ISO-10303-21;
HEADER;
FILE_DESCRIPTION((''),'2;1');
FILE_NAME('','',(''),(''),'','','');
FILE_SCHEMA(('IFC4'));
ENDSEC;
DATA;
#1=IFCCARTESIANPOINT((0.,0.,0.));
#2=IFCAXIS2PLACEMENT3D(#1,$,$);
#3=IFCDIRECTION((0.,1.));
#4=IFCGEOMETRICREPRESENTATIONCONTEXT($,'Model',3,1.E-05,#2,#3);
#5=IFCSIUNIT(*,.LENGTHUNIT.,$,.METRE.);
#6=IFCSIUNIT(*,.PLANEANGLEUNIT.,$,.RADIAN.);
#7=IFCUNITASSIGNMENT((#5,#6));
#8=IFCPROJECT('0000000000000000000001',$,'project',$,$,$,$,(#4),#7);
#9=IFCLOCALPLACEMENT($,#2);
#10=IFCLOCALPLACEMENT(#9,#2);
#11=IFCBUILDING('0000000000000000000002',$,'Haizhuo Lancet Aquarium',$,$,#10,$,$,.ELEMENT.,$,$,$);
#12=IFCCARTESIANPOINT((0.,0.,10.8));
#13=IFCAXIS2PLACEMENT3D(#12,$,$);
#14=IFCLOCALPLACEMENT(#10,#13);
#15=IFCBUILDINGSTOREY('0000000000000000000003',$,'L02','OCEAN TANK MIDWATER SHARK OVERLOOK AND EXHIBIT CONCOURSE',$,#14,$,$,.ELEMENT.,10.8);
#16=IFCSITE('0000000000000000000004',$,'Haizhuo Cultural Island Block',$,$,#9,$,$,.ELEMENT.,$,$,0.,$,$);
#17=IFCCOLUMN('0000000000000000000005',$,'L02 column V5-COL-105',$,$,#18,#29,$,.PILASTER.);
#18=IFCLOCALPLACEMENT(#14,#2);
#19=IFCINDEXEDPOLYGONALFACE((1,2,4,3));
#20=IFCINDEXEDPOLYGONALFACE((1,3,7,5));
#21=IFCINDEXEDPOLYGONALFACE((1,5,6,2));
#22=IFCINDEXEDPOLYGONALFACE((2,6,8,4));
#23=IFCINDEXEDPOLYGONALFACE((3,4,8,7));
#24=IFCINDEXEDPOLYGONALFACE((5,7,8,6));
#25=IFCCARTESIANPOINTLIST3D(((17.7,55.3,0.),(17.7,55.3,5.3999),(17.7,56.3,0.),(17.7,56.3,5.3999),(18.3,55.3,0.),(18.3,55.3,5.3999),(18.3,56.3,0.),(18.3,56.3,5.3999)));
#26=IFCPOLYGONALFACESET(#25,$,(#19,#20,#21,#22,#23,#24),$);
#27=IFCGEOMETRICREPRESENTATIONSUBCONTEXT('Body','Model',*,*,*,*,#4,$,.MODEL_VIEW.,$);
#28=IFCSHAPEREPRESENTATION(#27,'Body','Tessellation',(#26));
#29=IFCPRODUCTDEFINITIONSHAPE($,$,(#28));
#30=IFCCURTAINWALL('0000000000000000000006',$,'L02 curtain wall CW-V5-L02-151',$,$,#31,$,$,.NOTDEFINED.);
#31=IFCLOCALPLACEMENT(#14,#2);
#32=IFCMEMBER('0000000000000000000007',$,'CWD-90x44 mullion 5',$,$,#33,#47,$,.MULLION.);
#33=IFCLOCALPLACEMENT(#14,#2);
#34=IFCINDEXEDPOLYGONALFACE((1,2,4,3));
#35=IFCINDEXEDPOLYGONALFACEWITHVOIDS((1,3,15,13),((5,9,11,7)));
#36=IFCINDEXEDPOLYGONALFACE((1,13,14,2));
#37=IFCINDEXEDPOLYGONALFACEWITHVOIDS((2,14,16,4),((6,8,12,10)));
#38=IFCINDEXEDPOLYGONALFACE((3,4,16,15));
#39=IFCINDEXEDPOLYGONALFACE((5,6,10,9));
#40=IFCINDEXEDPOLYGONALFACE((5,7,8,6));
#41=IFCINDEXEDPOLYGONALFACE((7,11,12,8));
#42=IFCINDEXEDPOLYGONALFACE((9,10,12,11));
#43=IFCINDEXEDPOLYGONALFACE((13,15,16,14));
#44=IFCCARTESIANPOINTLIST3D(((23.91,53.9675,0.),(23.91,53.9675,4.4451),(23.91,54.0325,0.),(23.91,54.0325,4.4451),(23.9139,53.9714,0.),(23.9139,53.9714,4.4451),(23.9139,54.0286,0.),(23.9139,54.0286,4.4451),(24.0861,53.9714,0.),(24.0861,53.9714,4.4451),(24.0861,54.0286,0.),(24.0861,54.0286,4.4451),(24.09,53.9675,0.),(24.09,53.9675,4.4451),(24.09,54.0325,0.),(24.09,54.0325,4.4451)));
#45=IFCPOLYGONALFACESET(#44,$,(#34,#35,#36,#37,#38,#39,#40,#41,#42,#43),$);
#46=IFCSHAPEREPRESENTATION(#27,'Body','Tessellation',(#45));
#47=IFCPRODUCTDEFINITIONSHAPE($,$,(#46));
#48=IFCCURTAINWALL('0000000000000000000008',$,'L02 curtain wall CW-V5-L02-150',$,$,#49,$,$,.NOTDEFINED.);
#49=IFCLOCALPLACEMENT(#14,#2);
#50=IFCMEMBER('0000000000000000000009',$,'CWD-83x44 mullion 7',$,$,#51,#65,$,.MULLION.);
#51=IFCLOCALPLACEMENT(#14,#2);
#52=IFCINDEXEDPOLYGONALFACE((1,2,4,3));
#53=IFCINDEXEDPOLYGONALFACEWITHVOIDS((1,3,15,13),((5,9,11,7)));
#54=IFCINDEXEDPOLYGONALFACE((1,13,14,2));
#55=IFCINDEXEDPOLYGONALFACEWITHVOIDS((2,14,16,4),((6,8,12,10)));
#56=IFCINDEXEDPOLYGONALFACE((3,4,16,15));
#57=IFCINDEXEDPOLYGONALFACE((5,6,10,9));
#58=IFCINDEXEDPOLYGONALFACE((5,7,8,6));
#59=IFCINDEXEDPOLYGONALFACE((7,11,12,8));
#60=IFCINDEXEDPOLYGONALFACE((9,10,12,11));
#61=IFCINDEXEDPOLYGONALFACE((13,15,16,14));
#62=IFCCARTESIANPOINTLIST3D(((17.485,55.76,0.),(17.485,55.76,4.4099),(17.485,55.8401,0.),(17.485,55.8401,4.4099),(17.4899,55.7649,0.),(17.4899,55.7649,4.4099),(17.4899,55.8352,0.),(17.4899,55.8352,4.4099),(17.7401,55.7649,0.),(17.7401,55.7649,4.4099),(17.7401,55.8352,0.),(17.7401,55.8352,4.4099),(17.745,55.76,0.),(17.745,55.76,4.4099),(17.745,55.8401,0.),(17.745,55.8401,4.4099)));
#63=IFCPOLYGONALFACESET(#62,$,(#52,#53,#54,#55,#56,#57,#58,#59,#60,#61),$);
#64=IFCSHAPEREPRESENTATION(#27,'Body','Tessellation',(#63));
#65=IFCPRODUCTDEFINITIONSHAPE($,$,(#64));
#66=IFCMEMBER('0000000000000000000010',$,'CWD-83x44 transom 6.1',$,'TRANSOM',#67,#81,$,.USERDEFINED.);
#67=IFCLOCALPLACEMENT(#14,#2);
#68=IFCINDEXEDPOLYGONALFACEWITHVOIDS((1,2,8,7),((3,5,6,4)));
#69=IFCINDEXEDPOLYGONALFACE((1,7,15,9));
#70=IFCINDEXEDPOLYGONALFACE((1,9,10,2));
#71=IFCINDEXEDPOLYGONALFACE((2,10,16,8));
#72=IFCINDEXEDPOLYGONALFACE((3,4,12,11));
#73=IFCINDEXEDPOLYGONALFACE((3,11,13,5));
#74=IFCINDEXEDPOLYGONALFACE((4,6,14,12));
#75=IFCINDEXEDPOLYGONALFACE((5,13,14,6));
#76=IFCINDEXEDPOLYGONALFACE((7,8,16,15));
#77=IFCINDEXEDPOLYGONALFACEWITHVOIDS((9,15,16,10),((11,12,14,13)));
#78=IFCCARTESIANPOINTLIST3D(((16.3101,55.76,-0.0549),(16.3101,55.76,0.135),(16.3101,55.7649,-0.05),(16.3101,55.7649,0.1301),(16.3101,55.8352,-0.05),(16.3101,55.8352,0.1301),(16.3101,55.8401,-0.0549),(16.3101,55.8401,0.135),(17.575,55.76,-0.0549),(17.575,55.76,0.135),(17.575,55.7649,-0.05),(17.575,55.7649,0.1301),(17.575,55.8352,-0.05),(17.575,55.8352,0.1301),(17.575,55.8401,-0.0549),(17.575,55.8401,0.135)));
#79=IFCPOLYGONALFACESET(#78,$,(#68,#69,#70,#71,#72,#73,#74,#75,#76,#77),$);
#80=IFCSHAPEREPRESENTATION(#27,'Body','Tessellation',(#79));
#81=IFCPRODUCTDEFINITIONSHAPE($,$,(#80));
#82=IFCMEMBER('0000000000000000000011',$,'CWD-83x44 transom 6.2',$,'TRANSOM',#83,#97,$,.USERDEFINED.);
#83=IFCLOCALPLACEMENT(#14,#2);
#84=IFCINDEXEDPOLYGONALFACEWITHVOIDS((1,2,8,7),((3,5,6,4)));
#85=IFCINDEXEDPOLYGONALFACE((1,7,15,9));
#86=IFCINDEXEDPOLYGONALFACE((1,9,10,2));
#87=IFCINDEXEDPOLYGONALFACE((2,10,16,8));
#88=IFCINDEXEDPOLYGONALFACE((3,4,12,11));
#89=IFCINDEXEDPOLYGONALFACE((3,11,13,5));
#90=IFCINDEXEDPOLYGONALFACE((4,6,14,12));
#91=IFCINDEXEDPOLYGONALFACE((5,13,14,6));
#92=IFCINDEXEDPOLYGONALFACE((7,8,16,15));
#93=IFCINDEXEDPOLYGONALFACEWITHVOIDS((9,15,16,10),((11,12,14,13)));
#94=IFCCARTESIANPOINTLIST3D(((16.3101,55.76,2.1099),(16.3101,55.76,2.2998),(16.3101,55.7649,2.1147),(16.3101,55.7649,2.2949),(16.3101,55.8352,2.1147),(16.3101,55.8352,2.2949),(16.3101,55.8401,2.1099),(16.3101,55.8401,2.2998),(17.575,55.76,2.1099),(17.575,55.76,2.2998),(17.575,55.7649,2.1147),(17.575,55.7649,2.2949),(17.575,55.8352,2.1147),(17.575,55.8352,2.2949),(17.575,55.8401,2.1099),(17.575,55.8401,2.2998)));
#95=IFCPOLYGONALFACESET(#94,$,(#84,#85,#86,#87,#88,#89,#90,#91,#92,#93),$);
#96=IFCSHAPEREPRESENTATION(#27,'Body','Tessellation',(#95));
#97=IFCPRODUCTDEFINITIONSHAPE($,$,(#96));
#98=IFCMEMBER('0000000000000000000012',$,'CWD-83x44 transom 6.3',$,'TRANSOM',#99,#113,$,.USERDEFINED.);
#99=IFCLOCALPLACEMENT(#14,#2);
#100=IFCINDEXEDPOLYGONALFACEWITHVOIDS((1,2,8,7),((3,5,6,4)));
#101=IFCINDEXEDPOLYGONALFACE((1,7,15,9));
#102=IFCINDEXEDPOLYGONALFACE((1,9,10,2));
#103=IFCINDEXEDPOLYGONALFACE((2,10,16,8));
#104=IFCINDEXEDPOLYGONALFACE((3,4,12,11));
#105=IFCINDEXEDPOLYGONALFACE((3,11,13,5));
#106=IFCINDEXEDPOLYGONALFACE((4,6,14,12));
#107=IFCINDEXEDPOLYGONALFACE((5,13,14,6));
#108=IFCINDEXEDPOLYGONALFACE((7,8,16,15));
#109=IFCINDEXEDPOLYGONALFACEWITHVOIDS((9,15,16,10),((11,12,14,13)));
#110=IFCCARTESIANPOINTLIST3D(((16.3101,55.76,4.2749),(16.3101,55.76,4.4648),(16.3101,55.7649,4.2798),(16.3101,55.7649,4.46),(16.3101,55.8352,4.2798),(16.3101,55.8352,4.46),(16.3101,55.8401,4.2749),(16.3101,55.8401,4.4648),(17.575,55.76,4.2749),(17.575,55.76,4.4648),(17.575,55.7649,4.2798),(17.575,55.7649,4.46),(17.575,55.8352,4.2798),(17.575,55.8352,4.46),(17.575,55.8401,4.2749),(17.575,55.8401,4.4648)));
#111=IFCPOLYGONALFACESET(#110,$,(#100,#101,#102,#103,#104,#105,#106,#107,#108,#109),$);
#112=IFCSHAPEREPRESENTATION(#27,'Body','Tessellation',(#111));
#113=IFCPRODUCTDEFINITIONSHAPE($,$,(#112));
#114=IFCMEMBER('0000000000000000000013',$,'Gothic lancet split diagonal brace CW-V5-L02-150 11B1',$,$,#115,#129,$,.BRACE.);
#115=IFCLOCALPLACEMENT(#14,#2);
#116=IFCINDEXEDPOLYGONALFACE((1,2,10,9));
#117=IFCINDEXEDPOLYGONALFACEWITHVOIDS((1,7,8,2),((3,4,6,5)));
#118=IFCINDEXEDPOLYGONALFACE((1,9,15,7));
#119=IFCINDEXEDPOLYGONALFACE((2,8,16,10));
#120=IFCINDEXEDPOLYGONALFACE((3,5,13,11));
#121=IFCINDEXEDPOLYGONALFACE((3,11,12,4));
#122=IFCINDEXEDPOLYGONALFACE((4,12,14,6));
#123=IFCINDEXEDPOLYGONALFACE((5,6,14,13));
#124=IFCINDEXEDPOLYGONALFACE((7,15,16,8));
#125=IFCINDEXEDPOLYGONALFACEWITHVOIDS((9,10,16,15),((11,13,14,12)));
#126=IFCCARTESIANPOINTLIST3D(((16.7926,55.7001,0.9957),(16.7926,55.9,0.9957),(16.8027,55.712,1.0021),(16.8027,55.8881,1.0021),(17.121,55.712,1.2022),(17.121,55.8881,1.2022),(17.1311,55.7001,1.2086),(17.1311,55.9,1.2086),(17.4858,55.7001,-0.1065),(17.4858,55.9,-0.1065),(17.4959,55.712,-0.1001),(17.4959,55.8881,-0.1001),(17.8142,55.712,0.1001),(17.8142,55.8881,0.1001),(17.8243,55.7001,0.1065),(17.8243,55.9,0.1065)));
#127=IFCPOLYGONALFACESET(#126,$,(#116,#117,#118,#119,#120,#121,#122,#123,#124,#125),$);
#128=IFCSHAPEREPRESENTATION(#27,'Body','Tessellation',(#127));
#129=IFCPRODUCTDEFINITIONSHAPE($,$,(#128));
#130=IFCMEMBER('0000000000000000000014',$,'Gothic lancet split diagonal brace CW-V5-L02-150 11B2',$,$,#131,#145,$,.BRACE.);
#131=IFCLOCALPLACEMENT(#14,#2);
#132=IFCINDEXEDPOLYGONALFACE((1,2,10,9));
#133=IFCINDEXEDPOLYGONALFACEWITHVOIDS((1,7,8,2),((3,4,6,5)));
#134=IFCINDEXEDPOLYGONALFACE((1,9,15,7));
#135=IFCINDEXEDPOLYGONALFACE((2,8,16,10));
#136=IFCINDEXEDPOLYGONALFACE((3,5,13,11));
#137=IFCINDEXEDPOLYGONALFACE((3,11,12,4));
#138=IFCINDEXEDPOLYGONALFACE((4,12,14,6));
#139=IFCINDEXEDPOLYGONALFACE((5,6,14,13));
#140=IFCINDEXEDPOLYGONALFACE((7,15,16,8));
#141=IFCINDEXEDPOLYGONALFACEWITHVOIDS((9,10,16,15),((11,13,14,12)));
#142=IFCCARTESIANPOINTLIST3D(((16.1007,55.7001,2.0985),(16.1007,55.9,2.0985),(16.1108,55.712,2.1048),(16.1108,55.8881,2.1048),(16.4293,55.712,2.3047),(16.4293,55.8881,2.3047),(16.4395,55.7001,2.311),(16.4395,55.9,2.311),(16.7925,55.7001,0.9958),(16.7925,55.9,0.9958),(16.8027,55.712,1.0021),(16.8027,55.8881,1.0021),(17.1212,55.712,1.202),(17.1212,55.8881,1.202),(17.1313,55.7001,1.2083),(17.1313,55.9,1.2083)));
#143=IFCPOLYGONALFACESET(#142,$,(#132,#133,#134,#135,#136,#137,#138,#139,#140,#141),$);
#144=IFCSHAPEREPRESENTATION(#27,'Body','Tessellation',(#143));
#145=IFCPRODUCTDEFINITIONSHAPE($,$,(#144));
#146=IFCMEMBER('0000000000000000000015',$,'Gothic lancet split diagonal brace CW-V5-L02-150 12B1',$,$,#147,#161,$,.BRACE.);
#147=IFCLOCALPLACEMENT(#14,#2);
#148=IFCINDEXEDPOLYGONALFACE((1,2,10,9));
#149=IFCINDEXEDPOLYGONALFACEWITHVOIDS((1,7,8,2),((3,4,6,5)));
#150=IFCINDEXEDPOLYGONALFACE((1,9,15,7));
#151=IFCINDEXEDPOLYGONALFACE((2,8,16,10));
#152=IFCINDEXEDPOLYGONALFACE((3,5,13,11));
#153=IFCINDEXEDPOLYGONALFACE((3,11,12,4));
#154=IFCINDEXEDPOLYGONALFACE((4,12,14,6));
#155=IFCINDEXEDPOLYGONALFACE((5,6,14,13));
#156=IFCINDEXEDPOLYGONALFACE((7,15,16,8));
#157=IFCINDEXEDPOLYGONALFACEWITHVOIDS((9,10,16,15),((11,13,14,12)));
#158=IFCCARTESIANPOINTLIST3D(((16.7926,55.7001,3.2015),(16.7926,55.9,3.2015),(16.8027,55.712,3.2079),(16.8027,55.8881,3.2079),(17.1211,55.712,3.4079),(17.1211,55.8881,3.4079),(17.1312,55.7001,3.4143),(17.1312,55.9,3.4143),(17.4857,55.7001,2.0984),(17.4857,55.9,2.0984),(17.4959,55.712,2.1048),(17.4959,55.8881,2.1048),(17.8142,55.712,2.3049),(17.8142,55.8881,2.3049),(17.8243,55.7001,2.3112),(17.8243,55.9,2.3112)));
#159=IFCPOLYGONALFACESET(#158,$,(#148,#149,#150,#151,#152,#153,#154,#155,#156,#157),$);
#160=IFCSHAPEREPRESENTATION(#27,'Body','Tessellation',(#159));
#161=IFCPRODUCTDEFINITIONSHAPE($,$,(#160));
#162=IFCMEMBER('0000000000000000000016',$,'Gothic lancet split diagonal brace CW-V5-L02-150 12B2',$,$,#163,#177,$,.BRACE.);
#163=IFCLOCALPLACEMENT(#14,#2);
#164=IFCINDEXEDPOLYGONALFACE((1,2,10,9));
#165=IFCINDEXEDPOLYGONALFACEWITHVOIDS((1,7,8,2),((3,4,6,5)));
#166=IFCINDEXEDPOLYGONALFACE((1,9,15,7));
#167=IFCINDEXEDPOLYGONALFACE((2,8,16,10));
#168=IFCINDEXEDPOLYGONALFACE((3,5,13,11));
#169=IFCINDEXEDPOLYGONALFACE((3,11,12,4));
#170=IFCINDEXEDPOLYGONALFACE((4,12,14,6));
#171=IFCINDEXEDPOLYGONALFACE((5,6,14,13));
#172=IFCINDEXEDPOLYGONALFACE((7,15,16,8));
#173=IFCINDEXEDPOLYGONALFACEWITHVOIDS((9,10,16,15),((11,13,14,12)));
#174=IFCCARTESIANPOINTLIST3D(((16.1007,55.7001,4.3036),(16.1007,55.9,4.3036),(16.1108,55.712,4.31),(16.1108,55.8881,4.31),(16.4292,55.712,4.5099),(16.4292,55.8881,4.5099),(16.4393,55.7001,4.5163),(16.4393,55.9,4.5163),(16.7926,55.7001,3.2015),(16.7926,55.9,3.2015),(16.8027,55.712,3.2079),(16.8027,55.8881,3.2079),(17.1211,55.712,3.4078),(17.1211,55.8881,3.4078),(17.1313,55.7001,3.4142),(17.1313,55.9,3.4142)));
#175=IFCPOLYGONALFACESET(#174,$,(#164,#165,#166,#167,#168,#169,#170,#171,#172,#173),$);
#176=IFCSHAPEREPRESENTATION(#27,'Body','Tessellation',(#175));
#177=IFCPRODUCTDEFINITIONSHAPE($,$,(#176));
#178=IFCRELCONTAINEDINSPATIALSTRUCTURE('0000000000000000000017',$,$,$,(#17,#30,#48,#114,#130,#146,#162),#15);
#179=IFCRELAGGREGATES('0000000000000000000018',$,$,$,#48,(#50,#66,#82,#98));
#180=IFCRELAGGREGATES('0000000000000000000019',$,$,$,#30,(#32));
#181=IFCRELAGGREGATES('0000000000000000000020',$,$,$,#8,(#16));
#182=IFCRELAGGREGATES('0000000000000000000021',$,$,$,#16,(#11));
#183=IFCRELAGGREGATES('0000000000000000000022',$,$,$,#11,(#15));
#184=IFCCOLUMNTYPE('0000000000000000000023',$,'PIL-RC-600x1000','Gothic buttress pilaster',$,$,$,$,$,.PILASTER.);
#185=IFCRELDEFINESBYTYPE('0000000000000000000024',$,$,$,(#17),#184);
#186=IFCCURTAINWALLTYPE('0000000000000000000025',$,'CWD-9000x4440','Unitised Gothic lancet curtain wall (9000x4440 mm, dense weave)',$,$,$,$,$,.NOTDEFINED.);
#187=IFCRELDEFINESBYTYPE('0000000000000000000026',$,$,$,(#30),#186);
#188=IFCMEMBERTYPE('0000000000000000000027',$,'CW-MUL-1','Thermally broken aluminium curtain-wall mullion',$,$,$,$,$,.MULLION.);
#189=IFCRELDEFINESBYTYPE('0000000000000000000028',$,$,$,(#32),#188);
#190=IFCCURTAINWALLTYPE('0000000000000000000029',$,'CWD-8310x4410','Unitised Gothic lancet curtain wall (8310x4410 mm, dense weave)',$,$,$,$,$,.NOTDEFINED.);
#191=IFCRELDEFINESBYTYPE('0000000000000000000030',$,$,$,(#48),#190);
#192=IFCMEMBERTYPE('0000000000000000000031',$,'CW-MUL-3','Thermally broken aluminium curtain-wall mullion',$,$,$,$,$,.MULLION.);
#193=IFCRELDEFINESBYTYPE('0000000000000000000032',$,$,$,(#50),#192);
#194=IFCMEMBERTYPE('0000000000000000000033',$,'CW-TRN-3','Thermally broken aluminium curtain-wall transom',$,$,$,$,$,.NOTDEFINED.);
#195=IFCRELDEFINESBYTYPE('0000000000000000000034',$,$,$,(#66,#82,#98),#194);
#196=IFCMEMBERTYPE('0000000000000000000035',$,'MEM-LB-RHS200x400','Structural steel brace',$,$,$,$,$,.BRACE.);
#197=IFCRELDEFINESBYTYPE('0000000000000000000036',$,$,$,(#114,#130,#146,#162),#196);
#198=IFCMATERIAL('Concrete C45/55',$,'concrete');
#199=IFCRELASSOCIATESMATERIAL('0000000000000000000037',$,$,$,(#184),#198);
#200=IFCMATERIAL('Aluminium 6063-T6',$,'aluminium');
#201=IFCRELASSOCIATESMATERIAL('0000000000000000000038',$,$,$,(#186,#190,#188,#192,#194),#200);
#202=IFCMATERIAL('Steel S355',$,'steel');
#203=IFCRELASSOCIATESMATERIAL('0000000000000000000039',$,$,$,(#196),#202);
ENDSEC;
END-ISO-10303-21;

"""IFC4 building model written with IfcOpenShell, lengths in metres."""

from ifc_helpers import new_model, si_unit, direction, frame, origin, origin_2d, place, context, subcontext, project, spatial, rectangle, hollow_rectangle, extrude, material, material_profile, profile_set, type_object, element, aggregate, save


model = new_model("IFC4")

# Units and contexts
model_context = context("Model", 3, precision=1e-05, world=origin(), true_north=direction((0.0, 1.0)))
body_context = subcontext(model_context, "Body", "Model", "MODEL_VIEW")
ifc_project = project(units=[si_unit("LENGTHUNIT", "METRE"), si_unit("PLANEANGLEUNIT", "RADIAN")], contexts=[model_context])

# Site, building, storey
site_placement = place(None, origin())
site = spatial("IfcSite", under=ifc_project, at=site_placement, Name="Haizhuo Cultural Island Block", CompositionType="ELEMENT", RefElevation=0.0)
building_placement = place(site_placement, origin())
building = spatial("IfcBuilding", under=site, at=building_placement, Name="Haizhuo Lancet Aquarium", CompositionType="ELEMENT")
storey_placement = place(building_placement, frame((0.0, 0.0, 10.8)))
storey = spatial("IfcBuildingStorey", under=building, at=storey_placement, Name="L02", Description="OCEAN TANK MIDWATER SHARK OVERLOOK AND EXHIBIT CONCOURSE", CompositionType="ELEMENT", Elevation=10.8)

# Column
ifc_material_1 = material(Name="Concrete C45/55", Category="concrete")
ifc_material_profile_1 = material_profile(ifc_material_1, rectangle(XDim=0.6001, YDim=1.0, at=origin_2d()), Name="RC-PIL 600x1000")
ifc_profile_set_1 = profile_set([ifc_material_profile_1], Name="Concrete C45/55")
column_type = type_object("IfcColumnType", Name="PIL-RC-600x1000", Description="Gothic buttress pilaster", PredefinedType="PILASTER", material=ifc_profile_set_1)
column_placement = place(storey_placement, frame((18.0, 55.8, 0.0), z_axis=(0.0, 0.0, 1.0), x_axis=(1.0, 0.0, 0.0)))
element("IfcColumn", 1, at=column_placement, inside=storey, type_object=column_type, Name="L02 column V5-COL-105", PredefinedType="PILASTER", context=body_context, shape_type="SweptSolid", body=[
    extrude(rectangle(XDim=0.6001, YDim=1.0, at=origin_2d()), origin(), (0.0, 0.0, 1.0), 5.3999),
])

# Curtain wall, member
ifc_material_2 = material(Name="Aluminium 6063-T6", Category="aluminium")
curtain_wall_type_1 = type_object("IfcCurtainWallType", Name="CWD-9000x4440", Description="Unitised Gothic lancet curtain wall (9000x4440 mm, dense weave)", PredefinedType="NOTDEFINED", material=ifc_material_2)
curtain_wall_1_placement = place(storey_placement, origin())
curtain_wall_1 = element("IfcCurtainWall", 2, at=curtain_wall_1_placement, inside=storey, type_object=curtain_wall_type_1, Name="L02 curtain wall CW-V5-L02-151", PredefinedType="NOTDEFINED")
ifc_material_profile_2 = material_profile(ifc_material_2, hollow_rectangle(XDim=0.0649, YDim=0.1799, WallThickness=0.0039, at=origin_2d()), Name="ALU-M 65x180x4")
ifc_profile_set_2 = profile_set([ifc_material_profile_2], Name="Aluminium 6063-T6")
member_type_1 = type_object("IfcMemberType", Name="CW-MUL-1", Description="Thermally broken aluminium curtain-wall mullion", PredefinedType="MULLION", material=ifc_profile_set_2)
member_1_placement = place(storey_placement, frame((24.0, 54.0, 0.0), z_axis=(0.0, 0.0, 1.0), x_axis=(0.0, 1.0, 0.0)))
member_1 = element("IfcMember", 3, at=member_1_placement, type_object=member_type_1, Name="CWD-90x44 mullion 5", PredefinedType="MULLION", context=body_context, shape_type="SweptSolid", body=[
    extrude(hollow_rectangle(XDim=0.0649, YDim=0.1799, WallThickness=0.0039, at=origin_2d()), origin(), (0.0, 0.0, 1.0), 4.4451),
])

# Curtain wall, members
curtain_wall_type_2 = type_object("IfcCurtainWallType", Name="CWD-8310x4410", Description="Unitised Gothic lancet curtain wall (8310x4410 mm, dense weave)", PredefinedType="NOTDEFINED", material=ifc_material_2)
curtain_wall_2_placement = place(storey_placement, origin())
curtain_wall_2 = element("IfcCurtainWall", 4, at=curtain_wall_2_placement, inside=storey, type_object=curtain_wall_type_2, Name="L02 curtain wall CW-V5-L02-150", PredefinedType="NOTDEFINED")
ifc_material_profile_3 = material_profile(ifc_material_2, hollow_rectangle(XDim=0.0801, YDim=0.26, WallThickness=0.0049, at=origin_2d()), Name="ALU-M 80x260x5")
ifc_profile_set_3 = profile_set([ifc_material_profile_3], Name="Aluminium 6063-T6")
member_type_2 = type_object("IfcMemberType", Name="CW-MUL-3", Description="Thermally broken aluminium curtain-wall mullion", PredefinedType="MULLION", material=ifc_profile_set_3)
member_2_placement = place(storey_placement, frame((17.615, 55.8, 0.0), z_axis=(0.0, 0.0, 1.0), x_axis=(0.0, 1.0, 0.0)))
member_2 = element("IfcMember", 5, at=member_2_placement, type_object=member_type_2, Name="CWD-83x44 mullion 7", PredefinedType="MULLION", context=body_context, shape_type="SweptSolid", body=[
    extrude(hollow_rectangle(XDim=0.0801, YDim=0.26, WallThickness=0.0049, at=origin_2d()), origin(), (0.0, 0.0, 1.0), 4.4099),
])
ifc_material_profile_4 = material_profile(ifc_material_2, hollow_rectangle(XDim=0.0801, YDim=0.1899, WallThickness=0.0049, at=origin_2d()), Name="ALU-T 80x190x5")
ifc_profile_set_4 = profile_set([ifc_material_profile_4], Name="Aluminium 6063-T6")
member_type_3 = type_object("IfcMemberType", Name="CW-TRN-3", Description="Thermally broken aluminium curtain-wall transom", PredefinedType="NOTDEFINED", material=ifc_profile_set_4)
member_3_placement = place(storey_placement, frame((16.3101, 55.8, 0.04), z_axis=(1.0, 0.0, 0.0), x_axis=(0.0, 1.0, 0.0)))
member_3 = element("IfcMember", 6, at=member_3_placement, type_object=member_type_3, Name="CWD-83x44 transom 6.1", ObjectType="TRANSOM", PredefinedType="USERDEFINED", context=body_context, shape_type="SweptSolid", body=[
    extrude(hollow_rectangle(XDim=0.0801, YDim=0.1899, WallThickness=0.0049, at=origin_2d()), origin(), (0.0, 0.0, 1.0), 1.2649),
])
member_4_placement = place(storey_placement, frame((16.3101, 55.8, 2.2048), z_axis=(1.0, 0.0, 0.0), x_axis=(0.0, 1.0, 0.0)))
member_4 = element("IfcMember", 7, at=member_4_placement, type_object=member_type_3, Name="CWD-83x44 transom 6.2", ObjectType="TRANSOM", PredefinedType="USERDEFINED", context=body_context, shape_type="SweptSolid", body=[
    extrude(hollow_rectangle(XDim=0.0801, YDim=0.1899, WallThickness=0.0049, at=origin_2d()), origin(), (0.0, 0.0, 1.0), 1.2649),
])
member_5_placement = place(storey_placement, frame((16.3101, 55.8, 4.3699), z_axis=(1.0, 0.0, 0.0), x_axis=(0.0, 1.0, 0.0)))
member_5 = element("IfcMember", 8, at=member_5_placement, type_object=member_type_3, Name="CWD-83x44 transom 6.3", ObjectType="TRANSOM", PredefinedType="USERDEFINED", context=body_context, shape_type="SweptSolid", body=[
    extrude(hollow_rectangle(XDim=0.0801, YDim=0.1899, WallThickness=0.0049, at=origin_2d()), origin(), (0.0, 0.0, 1.0), 1.2649),
])

# Members
ifc_material_3 = material(Name="Steel S355", Category="steel")
ifc_material_profile_5 = material_profile(ifc_material_3, hollow_rectangle(XDim=0.2, YDim=0.3999, WallThickness=0.012, at=origin_2d()), Name="RHS 200x400x12")
ifc_profile_set_5 = profile_set([ifc_material_profile_5], Name="Steel S355")
member_type_4 = type_object("IfcMemberType", Name="MEM-LB-RHS200x400", Description="Structural steel brace", PredefinedType="BRACE", material=ifc_profile_set_5)
member_6_placement = place(storey_placement, frame((17.655, 55.8, 0.0), z_axis=(-0.53239, 0.0, 0.846499), x_axis=(0.0, -1.0, 0.0)))
element("IfcMember", 9, at=member_6_placement, inside=storey, type_object=member_type_4, Name="Gothic lancet split diagonal brace CW-V5-L02-150 11B1", PredefinedType="BRACE", context=body_context, shape_type="SweptSolid", body=[
    extrude(hollow_rectangle(XDim=0.2, YDim=0.3999, WallThickness=0.012, at=origin_2d()), origin(), (0.0, 0.0, 1.0), 1.302),
])
member_7_placement = place(storey_placement, frame((16.9619, 55.8, 1.1021), z_axis=(-0.531465, 0.0, 0.84708), x_axis=(0.0, -1.0, 0.0)))
element("IfcMember", 10, at=member_7_placement, inside=storey, type_object=member_type_4, Name="Gothic lancet split diagonal brace CW-V5-L02-150 11B2", PredefinedType="BRACE", context=body_context, shape_type="SweptSolid", body=[
    extrude(hollow_rectangle(XDim=0.2, YDim=0.3999, WallThickness=0.012, at=origin_2d()), origin(), (0.0, 0.0, 1.0), 1.3018),
])
member_8_placement = place(storey_placement, frame((17.655, 55.8, 2.2048), z_axis=(-0.532053, 0.0, 0.846711), x_axis=(0.0, -1.0, 0.0)))
element("IfcMember", 11, at=member_8_placement, inside=storey, type_object=member_type_4, Name="Gothic lancet split diagonal brace CW-V5-L02-150 12B1", PredefinedType="BRACE", context=body_context, shape_type="SweptSolid", body=[
    extrude(hollow_rectangle(XDim=0.2, YDim=0.3999, WallThickness=0.012, at=origin_2d()), origin(), (0.0, 0.0, 1.0), 1.3027),
])
member_9_placement = place(storey_placement, frame((16.9619, 55.8, 3.3079), z_axis=(-0.531718, 0.0, 0.846921), x_axis=(0.0, -1.0, 0.0)))
element("IfcMember", 12, at=member_9_placement, inside=storey, type_object=member_type_4, Name="Gothic lancet split diagonal brace CW-V5-L02-150 12B2", PredefinedType="BRACE", context=body_context, shape_type="SweptSolid", body=[
    extrude(hollow_rectangle(XDim=0.2, YDim=0.3999, WallThickness=0.012, at=origin_2d()), origin(), (0.0, 0.0, 1.0), 1.3013),
])

aggregate(curtain_wall_2, [member_2, member_3, member_4, member_5])
aggregate(curtain_wall_1, [member_1])

save(model, "model.ifc")
